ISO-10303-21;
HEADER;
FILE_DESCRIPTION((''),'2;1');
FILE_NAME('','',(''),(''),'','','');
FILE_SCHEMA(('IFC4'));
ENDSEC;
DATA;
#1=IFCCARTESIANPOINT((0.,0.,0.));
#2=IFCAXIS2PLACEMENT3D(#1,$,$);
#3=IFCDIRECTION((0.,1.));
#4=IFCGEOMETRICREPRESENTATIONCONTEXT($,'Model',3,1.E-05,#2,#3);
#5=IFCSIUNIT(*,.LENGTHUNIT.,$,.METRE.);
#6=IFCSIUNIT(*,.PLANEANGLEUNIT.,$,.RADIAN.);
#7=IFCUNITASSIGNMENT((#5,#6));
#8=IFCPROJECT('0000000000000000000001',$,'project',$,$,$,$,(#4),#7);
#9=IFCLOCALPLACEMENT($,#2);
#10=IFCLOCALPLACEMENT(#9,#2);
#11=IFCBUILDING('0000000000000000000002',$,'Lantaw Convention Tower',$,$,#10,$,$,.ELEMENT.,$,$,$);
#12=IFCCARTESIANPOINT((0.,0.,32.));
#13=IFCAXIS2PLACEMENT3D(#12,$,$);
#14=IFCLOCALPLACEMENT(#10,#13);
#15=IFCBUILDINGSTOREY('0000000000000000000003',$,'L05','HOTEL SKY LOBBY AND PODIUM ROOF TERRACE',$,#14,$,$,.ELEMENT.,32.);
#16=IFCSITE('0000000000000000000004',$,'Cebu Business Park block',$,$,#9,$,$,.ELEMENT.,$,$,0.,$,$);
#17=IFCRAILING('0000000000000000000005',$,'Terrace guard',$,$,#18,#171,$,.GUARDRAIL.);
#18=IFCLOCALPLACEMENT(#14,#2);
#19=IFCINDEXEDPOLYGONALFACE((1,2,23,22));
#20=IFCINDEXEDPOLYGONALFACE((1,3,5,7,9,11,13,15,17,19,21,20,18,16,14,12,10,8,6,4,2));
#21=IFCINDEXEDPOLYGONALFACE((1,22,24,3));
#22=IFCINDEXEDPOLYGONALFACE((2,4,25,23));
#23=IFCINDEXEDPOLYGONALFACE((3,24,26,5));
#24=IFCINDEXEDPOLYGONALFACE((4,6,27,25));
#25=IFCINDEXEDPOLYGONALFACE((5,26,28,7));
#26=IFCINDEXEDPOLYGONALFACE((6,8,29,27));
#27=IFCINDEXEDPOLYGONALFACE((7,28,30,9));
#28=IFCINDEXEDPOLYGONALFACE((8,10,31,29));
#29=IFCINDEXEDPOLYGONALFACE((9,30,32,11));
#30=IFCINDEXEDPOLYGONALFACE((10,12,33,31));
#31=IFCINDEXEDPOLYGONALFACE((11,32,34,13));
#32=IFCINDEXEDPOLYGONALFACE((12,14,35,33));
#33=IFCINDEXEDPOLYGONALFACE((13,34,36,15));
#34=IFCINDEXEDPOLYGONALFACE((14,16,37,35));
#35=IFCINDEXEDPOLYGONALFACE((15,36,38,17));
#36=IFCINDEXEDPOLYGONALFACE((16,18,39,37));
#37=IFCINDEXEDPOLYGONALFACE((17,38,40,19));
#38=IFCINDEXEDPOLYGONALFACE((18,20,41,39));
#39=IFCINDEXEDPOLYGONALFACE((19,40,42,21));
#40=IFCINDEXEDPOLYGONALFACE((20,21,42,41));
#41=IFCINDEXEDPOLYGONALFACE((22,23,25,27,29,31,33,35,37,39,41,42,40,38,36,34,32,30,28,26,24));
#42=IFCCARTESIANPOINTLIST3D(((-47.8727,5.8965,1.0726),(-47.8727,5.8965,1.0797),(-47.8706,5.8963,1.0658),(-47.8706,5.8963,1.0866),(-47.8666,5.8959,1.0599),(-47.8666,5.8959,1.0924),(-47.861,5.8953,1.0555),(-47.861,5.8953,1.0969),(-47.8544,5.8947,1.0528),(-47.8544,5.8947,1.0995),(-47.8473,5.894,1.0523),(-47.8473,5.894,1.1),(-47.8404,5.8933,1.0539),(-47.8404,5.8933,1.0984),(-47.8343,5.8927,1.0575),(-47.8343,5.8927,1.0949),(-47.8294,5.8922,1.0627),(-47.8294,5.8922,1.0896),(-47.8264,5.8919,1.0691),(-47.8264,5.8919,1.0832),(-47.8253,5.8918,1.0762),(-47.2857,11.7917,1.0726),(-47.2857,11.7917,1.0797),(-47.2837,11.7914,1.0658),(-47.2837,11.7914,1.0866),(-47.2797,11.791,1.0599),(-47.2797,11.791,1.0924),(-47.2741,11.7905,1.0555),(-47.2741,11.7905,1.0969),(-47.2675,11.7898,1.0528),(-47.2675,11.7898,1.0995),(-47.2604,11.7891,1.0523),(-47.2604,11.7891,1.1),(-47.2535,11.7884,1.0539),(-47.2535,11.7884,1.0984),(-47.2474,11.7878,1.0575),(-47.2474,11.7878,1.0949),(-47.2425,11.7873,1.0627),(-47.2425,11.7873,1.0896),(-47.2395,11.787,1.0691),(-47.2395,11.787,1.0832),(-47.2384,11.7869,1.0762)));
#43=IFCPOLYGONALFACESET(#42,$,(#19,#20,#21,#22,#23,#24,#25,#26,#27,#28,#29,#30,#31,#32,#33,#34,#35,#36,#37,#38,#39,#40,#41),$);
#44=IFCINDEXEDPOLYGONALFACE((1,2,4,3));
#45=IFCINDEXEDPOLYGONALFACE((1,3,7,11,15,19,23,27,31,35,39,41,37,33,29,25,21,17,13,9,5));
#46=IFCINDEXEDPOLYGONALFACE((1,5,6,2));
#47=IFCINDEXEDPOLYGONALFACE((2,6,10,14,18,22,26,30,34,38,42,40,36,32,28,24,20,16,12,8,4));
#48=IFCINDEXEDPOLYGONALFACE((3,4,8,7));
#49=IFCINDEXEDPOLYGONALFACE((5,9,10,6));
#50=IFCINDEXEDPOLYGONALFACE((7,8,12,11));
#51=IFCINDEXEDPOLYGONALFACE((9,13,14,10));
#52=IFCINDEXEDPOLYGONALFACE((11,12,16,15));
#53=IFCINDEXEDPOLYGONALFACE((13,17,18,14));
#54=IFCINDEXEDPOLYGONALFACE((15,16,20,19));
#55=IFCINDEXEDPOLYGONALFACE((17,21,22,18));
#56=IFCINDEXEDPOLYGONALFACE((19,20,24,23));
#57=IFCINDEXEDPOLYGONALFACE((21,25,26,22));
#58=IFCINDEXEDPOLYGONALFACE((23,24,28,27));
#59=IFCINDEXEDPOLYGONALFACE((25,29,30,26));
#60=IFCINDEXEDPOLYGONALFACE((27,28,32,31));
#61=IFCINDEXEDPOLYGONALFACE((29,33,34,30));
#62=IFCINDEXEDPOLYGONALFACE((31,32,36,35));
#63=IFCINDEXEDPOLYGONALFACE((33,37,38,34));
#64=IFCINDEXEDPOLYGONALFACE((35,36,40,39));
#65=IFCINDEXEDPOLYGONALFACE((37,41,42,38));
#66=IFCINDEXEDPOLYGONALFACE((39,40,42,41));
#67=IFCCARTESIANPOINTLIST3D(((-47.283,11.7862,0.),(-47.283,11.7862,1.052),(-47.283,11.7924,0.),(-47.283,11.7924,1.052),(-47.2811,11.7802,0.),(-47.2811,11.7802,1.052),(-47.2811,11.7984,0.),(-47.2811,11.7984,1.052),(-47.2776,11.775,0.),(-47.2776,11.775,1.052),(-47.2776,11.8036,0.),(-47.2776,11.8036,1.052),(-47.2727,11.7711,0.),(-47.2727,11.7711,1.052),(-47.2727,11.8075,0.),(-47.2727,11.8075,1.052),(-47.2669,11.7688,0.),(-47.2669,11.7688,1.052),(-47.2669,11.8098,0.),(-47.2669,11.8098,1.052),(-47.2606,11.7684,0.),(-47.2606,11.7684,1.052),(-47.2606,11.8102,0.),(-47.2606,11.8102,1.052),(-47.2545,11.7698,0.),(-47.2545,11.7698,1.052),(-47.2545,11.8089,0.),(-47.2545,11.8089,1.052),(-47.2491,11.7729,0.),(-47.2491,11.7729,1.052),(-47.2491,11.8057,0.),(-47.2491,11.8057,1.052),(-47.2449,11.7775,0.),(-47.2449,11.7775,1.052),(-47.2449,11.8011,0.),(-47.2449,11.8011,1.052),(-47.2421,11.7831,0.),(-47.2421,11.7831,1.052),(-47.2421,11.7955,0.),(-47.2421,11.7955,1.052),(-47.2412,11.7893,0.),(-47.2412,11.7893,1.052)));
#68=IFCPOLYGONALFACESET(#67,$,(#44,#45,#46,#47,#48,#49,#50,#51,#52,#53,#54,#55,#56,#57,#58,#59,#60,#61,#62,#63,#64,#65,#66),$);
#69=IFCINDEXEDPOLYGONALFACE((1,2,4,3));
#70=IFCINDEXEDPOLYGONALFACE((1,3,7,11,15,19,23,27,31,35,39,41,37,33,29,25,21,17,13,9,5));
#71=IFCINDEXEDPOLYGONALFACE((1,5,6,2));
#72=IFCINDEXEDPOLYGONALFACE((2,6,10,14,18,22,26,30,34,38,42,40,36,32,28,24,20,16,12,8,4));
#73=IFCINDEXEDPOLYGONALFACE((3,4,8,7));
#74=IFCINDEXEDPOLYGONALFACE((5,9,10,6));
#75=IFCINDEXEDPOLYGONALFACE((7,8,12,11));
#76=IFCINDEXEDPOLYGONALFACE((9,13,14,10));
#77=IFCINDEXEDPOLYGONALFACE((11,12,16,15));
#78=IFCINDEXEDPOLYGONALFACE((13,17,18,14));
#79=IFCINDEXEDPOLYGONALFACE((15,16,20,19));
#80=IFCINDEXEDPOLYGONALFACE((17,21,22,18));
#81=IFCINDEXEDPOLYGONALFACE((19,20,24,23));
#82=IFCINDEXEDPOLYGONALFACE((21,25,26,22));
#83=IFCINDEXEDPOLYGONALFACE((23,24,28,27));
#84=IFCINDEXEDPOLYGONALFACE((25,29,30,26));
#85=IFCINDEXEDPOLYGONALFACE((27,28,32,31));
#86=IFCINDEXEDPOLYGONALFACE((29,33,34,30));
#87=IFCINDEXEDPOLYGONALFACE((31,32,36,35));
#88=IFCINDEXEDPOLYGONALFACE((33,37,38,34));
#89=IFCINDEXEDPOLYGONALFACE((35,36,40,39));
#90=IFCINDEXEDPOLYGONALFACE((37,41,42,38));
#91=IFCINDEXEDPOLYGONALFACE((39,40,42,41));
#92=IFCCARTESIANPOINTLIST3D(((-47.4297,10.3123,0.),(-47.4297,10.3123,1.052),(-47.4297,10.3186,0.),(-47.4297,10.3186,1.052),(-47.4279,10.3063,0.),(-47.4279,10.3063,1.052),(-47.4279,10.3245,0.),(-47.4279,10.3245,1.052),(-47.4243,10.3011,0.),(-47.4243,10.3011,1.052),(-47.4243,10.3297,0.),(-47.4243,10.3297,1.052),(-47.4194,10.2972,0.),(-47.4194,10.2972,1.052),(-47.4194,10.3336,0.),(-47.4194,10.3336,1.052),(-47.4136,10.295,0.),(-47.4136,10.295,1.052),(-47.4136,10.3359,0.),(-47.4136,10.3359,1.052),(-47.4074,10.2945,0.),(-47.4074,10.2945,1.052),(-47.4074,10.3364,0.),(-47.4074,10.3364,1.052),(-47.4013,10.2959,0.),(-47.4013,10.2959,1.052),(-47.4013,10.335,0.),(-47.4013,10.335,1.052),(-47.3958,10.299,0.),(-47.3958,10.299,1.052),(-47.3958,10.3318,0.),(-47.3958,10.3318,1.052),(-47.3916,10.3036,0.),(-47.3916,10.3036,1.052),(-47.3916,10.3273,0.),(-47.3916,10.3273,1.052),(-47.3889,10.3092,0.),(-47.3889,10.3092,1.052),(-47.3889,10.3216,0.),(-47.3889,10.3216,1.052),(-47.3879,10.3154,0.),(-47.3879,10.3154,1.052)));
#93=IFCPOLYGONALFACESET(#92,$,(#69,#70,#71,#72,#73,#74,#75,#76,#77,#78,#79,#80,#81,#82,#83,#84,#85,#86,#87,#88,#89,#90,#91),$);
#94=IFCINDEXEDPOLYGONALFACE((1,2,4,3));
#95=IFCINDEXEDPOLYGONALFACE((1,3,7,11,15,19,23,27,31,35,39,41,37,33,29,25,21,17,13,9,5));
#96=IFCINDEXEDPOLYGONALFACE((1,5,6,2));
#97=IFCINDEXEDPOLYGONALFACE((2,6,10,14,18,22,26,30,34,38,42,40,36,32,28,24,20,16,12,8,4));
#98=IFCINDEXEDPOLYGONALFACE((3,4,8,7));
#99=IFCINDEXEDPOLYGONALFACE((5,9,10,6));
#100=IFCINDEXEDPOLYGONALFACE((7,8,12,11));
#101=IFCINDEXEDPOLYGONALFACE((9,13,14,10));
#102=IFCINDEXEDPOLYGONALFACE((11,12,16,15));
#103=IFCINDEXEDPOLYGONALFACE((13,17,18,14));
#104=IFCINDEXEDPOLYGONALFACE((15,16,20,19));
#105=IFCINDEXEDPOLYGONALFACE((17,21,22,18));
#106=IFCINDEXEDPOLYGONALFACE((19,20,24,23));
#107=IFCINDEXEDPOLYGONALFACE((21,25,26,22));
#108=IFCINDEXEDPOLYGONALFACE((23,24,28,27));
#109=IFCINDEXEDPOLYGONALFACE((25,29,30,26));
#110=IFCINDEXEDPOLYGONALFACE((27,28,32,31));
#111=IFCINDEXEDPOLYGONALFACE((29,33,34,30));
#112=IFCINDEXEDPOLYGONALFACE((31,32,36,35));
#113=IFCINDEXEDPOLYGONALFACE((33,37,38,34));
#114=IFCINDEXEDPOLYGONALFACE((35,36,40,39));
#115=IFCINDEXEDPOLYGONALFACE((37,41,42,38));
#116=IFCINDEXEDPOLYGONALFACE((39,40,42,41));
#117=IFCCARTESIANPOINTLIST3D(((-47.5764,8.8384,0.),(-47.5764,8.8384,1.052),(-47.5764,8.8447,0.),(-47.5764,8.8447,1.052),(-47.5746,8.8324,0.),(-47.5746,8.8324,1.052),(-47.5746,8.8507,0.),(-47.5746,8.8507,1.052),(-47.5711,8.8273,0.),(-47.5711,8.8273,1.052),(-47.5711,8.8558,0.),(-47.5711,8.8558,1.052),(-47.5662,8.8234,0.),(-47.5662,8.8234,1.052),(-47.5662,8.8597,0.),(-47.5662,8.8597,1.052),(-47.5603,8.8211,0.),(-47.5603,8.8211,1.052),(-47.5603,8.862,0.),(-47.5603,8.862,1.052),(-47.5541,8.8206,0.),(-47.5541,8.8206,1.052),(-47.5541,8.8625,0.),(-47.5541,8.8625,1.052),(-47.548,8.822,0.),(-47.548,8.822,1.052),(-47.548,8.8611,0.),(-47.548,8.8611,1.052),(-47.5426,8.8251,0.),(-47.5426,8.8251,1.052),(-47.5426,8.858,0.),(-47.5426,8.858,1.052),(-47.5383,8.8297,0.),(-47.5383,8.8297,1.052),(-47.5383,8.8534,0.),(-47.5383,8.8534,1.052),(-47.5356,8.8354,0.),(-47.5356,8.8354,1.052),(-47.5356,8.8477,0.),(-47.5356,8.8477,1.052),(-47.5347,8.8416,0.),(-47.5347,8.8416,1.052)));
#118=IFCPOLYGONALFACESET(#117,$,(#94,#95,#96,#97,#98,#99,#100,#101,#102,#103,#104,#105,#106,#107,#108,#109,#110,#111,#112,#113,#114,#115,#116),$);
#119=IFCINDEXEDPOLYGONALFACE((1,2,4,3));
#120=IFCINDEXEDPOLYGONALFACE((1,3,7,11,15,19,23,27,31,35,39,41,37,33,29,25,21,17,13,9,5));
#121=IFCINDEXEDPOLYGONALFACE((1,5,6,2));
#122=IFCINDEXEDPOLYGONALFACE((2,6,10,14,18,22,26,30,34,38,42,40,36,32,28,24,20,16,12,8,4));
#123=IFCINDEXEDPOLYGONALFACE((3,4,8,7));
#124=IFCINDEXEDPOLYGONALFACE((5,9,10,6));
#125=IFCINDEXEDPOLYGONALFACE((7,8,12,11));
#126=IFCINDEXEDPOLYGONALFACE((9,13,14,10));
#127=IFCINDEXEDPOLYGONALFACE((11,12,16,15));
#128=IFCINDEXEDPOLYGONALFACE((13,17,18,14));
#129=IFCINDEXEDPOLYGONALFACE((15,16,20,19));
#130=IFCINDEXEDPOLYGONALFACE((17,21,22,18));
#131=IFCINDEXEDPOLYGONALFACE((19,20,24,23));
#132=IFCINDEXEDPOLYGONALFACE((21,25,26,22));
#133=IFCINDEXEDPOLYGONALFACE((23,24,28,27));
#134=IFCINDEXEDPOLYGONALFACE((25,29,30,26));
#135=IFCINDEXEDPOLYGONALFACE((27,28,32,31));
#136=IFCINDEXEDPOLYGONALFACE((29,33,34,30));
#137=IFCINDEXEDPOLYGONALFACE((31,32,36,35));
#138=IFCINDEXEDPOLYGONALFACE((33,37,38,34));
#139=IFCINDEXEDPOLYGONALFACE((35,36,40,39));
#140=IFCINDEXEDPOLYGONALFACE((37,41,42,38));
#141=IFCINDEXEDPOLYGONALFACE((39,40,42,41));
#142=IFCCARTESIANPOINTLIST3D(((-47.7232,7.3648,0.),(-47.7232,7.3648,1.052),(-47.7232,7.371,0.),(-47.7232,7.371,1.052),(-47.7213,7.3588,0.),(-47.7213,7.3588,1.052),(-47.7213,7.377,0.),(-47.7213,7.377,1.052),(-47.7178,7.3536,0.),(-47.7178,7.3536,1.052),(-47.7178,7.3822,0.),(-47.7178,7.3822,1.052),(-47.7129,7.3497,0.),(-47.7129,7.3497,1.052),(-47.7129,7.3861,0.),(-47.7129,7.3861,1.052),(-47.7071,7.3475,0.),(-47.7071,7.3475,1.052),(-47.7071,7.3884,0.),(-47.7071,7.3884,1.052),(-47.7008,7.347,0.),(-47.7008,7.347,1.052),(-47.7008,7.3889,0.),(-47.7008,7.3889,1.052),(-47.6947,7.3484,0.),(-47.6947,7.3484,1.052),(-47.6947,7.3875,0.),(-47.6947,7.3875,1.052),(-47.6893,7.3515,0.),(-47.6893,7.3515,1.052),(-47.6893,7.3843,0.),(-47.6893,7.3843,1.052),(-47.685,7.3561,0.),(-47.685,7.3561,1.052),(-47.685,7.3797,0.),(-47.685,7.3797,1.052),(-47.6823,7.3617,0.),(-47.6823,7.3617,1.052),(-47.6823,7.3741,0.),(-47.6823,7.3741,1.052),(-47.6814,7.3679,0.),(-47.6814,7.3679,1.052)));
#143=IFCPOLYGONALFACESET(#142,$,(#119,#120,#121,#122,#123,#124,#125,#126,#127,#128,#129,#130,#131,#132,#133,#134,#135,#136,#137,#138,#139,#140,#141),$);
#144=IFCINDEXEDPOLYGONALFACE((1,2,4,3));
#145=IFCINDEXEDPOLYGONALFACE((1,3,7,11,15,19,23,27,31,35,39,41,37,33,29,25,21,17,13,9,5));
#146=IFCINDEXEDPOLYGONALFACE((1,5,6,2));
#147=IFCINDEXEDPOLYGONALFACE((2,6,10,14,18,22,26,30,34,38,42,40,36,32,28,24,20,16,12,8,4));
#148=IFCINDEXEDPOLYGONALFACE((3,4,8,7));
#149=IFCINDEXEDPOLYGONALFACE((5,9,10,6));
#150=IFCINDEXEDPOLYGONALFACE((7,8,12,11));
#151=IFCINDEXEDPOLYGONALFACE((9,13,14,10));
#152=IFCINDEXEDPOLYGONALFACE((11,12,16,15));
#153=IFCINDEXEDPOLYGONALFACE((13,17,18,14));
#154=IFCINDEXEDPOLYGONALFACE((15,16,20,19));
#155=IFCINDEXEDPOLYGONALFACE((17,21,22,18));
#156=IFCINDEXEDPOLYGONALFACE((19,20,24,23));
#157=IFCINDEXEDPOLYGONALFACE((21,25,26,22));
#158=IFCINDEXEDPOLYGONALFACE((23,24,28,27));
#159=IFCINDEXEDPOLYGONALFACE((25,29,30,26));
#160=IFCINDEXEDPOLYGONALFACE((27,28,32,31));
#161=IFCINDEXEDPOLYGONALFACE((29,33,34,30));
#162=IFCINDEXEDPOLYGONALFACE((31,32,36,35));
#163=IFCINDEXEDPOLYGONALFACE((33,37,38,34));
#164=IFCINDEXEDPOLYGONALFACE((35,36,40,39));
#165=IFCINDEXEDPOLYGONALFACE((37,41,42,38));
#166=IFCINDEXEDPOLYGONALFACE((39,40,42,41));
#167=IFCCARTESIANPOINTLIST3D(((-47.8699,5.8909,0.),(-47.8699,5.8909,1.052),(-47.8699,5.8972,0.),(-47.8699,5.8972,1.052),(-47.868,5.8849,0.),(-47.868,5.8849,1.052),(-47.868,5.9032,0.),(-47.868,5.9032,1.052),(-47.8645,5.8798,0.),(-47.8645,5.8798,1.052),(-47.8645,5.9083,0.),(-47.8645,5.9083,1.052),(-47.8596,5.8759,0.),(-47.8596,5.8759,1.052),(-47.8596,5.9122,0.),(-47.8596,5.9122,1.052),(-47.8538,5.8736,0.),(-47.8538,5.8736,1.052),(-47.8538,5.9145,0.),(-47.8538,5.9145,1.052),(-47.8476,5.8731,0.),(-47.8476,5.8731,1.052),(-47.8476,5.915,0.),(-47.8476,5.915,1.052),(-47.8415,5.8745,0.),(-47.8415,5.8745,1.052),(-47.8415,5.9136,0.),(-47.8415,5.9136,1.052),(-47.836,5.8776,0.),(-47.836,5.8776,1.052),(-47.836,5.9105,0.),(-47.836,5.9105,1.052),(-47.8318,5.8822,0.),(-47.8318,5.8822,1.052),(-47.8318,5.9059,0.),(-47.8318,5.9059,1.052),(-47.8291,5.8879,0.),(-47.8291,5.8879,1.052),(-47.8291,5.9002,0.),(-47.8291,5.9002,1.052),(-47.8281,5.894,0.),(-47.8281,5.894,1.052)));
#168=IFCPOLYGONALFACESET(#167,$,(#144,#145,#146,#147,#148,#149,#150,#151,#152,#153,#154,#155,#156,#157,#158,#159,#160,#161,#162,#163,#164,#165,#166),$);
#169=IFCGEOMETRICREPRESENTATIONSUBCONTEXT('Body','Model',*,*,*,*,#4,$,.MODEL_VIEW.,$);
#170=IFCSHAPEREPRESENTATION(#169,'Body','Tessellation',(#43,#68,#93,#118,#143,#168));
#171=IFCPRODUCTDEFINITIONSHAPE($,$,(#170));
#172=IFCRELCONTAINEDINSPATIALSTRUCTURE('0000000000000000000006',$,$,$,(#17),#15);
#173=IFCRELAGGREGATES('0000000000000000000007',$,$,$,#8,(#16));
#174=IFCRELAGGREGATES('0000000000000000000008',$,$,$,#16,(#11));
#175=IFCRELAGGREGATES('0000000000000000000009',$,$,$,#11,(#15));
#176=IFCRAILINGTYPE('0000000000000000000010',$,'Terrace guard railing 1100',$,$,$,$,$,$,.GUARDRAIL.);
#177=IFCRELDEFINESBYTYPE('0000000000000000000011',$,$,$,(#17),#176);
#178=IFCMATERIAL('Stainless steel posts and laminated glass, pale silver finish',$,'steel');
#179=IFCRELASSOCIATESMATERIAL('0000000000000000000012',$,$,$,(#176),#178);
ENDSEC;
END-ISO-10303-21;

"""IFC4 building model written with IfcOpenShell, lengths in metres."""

from ifc_helpers import new_model, si_unit, direction, frame, origin, origin_2d, place, context, subcontext, project, spatial, circle, extrude, material, type_object, element, save


model = new_model("IFC4")

# Units and contexts
model_context = context("Model", 3, precision=1e-05, world=origin(), true_north=direction((0.0, 1.0)))
body_context = subcontext(model_context, "Body", "Model", "MODEL_VIEW")
ifc_project = project(units=[si_unit("LENGTHUNIT", "METRE"), si_unit("PLANEANGLEUNIT", "RADIAN")], contexts=[model_context])

# Site, building, storey
site_placement = place(None, origin())
site = spatial("IfcSite", under=ifc_project, at=site_placement, Name="Cebu Business Park block", CompositionType="ELEMENT", RefElevation=0.0)
building_placement = place(site_placement, origin())
building = spatial("IfcBuilding", under=site, at=building_placement, Name="Lantaw Convention Tower", CompositionType="ELEMENT")
storey_placement = place(building_placement, frame((0.0, 0.0, 32.0)))
storey = spatial("IfcBuildingStorey", under=building, at=storey_placement, Name="L05", Description="HOTEL SKY LOBBY AND PODIUM ROOF TERRACE", CompositionType="ELEMENT", Elevation=32.0)

# Railing
ifc_material_1 = material(Name="Stainless steel posts and laminated glass, pale silver finish", Category="steel")
railing_type_1 = type_object("IfcRailingType", Name="Terrace guard railing 1100", PredefinedType="GUARDRAIL", material=ifc_material_1)
railing_1_placement = place(storey_placement, frame((-47.2622, 11.7893, 0.0)))
element("IfcRailing", 1, at=railing_1_placement, inside=storey, type_object=railing_type_1, Name="Terrace guard", PredefinedType="GUARDRAIL", context=body_context, shape_type="SweptSolid", body=[
    extrude(circle(Radius=0.0239, at=origin_2d()), frame((0.0, 0.0, 1.0762), z_axis=(-0.099067, -0.995081, 0.0), x_axis=(0.995081, -0.099067, 0.0)), (0.0, 0.0, 1.0), 5.9243),
    extrude(circle(Radius=0.021, at=origin_2d()), origin(), (0.0, 0.0, 1.0), 1.052),
    extrude(circle(Radius=0.021, at=origin_2d()), frame((-0.1467, -1.4739, 0.0)), (0.0, 0.0, 1.0), 1.052),
    extrude(circle(Radius=0.021, at=origin_2d()), frame((-0.2935, -2.9478, 0.0)), (0.0, 0.0, 1.0), 1.052),
    extrude(circle(Radius=0.021, at=origin_2d()), frame((-0.4402, -4.4214, 0.0)), (0.0, 0.0, 1.0), 1.052),
    extrude(circle(Radius=0.021, at=origin_2d()), frame((-0.5869, -5.8953, 0.0)), (0.0, 0.0, 1.0), 1.052),
])

save(model, "model.ifc")
